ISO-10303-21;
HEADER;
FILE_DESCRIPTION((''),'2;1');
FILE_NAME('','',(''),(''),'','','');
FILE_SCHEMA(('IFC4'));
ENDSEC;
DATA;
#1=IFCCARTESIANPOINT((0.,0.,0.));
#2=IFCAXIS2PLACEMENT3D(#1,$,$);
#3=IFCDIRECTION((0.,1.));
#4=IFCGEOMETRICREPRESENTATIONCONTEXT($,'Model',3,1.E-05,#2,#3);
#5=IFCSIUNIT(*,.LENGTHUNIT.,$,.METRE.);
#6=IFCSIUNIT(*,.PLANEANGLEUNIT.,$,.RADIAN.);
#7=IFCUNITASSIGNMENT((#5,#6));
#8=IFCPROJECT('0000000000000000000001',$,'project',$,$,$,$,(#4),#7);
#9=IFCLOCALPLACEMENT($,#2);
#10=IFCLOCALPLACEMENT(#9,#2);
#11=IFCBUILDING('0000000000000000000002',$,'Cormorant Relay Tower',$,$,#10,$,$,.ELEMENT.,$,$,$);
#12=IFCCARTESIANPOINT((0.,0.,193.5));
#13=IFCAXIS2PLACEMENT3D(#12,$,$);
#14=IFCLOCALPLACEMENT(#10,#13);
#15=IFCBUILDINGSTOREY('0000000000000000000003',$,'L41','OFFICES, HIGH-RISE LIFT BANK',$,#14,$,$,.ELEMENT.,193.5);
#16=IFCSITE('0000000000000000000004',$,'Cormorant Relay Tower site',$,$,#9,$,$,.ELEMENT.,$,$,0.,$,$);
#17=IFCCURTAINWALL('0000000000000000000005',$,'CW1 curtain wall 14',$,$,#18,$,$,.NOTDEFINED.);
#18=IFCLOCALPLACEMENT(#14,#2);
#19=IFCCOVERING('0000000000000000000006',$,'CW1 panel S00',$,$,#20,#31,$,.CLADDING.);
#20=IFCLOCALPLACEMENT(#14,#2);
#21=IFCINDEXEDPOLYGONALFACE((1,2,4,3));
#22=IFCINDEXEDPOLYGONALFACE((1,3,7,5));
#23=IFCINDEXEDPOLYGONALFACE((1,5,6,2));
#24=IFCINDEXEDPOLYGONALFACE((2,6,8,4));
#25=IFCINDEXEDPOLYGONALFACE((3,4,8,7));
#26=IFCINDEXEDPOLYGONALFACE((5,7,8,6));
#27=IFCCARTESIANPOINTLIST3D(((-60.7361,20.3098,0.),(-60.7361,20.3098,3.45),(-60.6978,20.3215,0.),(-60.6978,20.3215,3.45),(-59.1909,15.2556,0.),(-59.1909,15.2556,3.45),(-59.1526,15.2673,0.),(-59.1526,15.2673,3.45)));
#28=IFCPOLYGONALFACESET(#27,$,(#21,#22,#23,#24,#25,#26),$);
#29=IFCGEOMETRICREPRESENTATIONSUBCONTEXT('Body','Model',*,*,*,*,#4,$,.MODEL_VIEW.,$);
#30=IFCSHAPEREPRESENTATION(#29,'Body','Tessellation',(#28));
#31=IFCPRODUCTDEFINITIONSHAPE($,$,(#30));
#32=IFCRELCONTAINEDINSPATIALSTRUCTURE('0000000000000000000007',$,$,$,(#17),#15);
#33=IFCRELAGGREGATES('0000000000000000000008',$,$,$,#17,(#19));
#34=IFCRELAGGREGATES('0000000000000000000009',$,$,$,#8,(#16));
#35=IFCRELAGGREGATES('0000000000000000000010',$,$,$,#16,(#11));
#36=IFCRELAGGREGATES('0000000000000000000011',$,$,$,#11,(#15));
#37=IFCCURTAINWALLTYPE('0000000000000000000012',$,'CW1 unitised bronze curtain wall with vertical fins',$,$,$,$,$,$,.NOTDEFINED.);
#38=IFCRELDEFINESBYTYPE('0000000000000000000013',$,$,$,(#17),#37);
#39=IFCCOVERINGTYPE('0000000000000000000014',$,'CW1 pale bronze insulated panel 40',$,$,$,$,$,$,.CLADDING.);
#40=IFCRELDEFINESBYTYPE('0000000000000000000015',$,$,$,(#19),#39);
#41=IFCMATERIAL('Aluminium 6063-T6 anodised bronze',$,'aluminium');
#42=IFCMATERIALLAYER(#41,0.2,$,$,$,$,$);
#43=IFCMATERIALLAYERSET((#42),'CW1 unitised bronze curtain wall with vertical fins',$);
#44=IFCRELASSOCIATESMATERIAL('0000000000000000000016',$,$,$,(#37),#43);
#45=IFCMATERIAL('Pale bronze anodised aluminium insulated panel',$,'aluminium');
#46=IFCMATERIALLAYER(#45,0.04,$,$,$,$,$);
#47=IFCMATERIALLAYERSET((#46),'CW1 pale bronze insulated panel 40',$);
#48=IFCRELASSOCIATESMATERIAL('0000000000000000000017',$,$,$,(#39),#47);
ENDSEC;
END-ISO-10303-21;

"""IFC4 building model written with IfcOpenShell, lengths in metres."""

from ifc_helpers import new_model, si_unit, direction, frame, origin, origin_2d, place, context, subcontext, project, spatial, rectangle, extrude, material, layer, layer_set, type_object, element, aggregate, save


model = new_model("IFC4")

# Units and contexts
model_context = context("Model", 3, precision=1e-05, world=origin(), true_north=direction((0.0, 1.0)))
body_context = subcontext(model_context, "Body", "Model", "MODEL_VIEW")
ifc_project = project(units=[si_unit("LENGTHUNIT", "METRE"), si_unit("PLANEANGLEUNIT", "RADIAN")], contexts=[model_context])

# Site, building, storey
site_placement = place(None, origin())
site = spatial("IfcSite", under=ifc_project, at=site_placement, Name="Cormorant Relay Tower site", CompositionType="ELEMENT", RefElevation=0.0)
building_placement = place(site_placement, origin())
building = spatial("IfcBuilding", under=site, at=building_placement, Name="Cormorant Relay Tower", CompositionType="ELEMENT")
storey_placement = place(building_placement, frame((0.0, 0.0, 193.5)))
storey = spatial("IfcBuildingStorey", under=building, at=storey_placement, Name="L41", Description="OFFICES, HIGH-RISE LIFT BANK", CompositionType="ELEMENT", Elevation=193.5)

# Shared definitions
ifc_material_1 = material(Name="Aluminium 6063-T6 anodised bronze", Category="aluminium")
ifc_layer_1 = layer(ifc_material_1, 0.2)
ifc_layer_set_1 = layer_set([ifc_layer_1], Name="CW1 unitised bronze curtain wall with vertical fins")
curtain_wall_type = type_object("IfcCurtainWallType", Name="CW1 unitised bronze curtain wall with vertical fins", PredefinedType="NOTDEFINED", material=ifc_layer_set_1)

# Curtain wall
curtain_wall_1_placement = place(storey_placement, origin())
curtain_wall_1 = element("IfcCurtainWall", 1, at=curtain_wall_1_placement, inside=storey, type_object=curtain_wall_type, Name="CW1 curtain wall 14", PredefinedType="NOTDEFINED")

# Covering
ifc_material_2 = material(Name="Pale bronze anodised aluminium insulated panel", Category="aluminium")
ifc_layer_2 = layer(ifc_material_2, 0.04)
ifc_layer_set_2 = layer_set([ifc_layer_2], Name="CW1 pale bronze insulated panel 40")
covering_type = type_object("IfcCoveringType", Name="CW1 pale bronze insulated panel 40", PredefinedType="CLADDING", material=ifc_layer_set_2)
covering_1_placement = place(storey_placement, frame((-59.9443, 17.7886, 0.0), z_axis=(0.0, 0.0, 1.0), x_axis=(0.292372, -0.956305, 0.0)))
covering_1 = element("IfcCovering", 2, at=covering_1_placement, type_object=covering_type, Name="CW1 panel S00", PredefinedType="CLADDING", context=body_context, shape_type="SweptSolid", body=[
    extrude(rectangle(XDim=5.2852, YDim=0.04, at=origin_2d()), origin(), (0.0, 0.0, 1.0), 3.45),
])
aggregate(curtain_wall_1, [covering_1])

save(model, "model.ifc")
